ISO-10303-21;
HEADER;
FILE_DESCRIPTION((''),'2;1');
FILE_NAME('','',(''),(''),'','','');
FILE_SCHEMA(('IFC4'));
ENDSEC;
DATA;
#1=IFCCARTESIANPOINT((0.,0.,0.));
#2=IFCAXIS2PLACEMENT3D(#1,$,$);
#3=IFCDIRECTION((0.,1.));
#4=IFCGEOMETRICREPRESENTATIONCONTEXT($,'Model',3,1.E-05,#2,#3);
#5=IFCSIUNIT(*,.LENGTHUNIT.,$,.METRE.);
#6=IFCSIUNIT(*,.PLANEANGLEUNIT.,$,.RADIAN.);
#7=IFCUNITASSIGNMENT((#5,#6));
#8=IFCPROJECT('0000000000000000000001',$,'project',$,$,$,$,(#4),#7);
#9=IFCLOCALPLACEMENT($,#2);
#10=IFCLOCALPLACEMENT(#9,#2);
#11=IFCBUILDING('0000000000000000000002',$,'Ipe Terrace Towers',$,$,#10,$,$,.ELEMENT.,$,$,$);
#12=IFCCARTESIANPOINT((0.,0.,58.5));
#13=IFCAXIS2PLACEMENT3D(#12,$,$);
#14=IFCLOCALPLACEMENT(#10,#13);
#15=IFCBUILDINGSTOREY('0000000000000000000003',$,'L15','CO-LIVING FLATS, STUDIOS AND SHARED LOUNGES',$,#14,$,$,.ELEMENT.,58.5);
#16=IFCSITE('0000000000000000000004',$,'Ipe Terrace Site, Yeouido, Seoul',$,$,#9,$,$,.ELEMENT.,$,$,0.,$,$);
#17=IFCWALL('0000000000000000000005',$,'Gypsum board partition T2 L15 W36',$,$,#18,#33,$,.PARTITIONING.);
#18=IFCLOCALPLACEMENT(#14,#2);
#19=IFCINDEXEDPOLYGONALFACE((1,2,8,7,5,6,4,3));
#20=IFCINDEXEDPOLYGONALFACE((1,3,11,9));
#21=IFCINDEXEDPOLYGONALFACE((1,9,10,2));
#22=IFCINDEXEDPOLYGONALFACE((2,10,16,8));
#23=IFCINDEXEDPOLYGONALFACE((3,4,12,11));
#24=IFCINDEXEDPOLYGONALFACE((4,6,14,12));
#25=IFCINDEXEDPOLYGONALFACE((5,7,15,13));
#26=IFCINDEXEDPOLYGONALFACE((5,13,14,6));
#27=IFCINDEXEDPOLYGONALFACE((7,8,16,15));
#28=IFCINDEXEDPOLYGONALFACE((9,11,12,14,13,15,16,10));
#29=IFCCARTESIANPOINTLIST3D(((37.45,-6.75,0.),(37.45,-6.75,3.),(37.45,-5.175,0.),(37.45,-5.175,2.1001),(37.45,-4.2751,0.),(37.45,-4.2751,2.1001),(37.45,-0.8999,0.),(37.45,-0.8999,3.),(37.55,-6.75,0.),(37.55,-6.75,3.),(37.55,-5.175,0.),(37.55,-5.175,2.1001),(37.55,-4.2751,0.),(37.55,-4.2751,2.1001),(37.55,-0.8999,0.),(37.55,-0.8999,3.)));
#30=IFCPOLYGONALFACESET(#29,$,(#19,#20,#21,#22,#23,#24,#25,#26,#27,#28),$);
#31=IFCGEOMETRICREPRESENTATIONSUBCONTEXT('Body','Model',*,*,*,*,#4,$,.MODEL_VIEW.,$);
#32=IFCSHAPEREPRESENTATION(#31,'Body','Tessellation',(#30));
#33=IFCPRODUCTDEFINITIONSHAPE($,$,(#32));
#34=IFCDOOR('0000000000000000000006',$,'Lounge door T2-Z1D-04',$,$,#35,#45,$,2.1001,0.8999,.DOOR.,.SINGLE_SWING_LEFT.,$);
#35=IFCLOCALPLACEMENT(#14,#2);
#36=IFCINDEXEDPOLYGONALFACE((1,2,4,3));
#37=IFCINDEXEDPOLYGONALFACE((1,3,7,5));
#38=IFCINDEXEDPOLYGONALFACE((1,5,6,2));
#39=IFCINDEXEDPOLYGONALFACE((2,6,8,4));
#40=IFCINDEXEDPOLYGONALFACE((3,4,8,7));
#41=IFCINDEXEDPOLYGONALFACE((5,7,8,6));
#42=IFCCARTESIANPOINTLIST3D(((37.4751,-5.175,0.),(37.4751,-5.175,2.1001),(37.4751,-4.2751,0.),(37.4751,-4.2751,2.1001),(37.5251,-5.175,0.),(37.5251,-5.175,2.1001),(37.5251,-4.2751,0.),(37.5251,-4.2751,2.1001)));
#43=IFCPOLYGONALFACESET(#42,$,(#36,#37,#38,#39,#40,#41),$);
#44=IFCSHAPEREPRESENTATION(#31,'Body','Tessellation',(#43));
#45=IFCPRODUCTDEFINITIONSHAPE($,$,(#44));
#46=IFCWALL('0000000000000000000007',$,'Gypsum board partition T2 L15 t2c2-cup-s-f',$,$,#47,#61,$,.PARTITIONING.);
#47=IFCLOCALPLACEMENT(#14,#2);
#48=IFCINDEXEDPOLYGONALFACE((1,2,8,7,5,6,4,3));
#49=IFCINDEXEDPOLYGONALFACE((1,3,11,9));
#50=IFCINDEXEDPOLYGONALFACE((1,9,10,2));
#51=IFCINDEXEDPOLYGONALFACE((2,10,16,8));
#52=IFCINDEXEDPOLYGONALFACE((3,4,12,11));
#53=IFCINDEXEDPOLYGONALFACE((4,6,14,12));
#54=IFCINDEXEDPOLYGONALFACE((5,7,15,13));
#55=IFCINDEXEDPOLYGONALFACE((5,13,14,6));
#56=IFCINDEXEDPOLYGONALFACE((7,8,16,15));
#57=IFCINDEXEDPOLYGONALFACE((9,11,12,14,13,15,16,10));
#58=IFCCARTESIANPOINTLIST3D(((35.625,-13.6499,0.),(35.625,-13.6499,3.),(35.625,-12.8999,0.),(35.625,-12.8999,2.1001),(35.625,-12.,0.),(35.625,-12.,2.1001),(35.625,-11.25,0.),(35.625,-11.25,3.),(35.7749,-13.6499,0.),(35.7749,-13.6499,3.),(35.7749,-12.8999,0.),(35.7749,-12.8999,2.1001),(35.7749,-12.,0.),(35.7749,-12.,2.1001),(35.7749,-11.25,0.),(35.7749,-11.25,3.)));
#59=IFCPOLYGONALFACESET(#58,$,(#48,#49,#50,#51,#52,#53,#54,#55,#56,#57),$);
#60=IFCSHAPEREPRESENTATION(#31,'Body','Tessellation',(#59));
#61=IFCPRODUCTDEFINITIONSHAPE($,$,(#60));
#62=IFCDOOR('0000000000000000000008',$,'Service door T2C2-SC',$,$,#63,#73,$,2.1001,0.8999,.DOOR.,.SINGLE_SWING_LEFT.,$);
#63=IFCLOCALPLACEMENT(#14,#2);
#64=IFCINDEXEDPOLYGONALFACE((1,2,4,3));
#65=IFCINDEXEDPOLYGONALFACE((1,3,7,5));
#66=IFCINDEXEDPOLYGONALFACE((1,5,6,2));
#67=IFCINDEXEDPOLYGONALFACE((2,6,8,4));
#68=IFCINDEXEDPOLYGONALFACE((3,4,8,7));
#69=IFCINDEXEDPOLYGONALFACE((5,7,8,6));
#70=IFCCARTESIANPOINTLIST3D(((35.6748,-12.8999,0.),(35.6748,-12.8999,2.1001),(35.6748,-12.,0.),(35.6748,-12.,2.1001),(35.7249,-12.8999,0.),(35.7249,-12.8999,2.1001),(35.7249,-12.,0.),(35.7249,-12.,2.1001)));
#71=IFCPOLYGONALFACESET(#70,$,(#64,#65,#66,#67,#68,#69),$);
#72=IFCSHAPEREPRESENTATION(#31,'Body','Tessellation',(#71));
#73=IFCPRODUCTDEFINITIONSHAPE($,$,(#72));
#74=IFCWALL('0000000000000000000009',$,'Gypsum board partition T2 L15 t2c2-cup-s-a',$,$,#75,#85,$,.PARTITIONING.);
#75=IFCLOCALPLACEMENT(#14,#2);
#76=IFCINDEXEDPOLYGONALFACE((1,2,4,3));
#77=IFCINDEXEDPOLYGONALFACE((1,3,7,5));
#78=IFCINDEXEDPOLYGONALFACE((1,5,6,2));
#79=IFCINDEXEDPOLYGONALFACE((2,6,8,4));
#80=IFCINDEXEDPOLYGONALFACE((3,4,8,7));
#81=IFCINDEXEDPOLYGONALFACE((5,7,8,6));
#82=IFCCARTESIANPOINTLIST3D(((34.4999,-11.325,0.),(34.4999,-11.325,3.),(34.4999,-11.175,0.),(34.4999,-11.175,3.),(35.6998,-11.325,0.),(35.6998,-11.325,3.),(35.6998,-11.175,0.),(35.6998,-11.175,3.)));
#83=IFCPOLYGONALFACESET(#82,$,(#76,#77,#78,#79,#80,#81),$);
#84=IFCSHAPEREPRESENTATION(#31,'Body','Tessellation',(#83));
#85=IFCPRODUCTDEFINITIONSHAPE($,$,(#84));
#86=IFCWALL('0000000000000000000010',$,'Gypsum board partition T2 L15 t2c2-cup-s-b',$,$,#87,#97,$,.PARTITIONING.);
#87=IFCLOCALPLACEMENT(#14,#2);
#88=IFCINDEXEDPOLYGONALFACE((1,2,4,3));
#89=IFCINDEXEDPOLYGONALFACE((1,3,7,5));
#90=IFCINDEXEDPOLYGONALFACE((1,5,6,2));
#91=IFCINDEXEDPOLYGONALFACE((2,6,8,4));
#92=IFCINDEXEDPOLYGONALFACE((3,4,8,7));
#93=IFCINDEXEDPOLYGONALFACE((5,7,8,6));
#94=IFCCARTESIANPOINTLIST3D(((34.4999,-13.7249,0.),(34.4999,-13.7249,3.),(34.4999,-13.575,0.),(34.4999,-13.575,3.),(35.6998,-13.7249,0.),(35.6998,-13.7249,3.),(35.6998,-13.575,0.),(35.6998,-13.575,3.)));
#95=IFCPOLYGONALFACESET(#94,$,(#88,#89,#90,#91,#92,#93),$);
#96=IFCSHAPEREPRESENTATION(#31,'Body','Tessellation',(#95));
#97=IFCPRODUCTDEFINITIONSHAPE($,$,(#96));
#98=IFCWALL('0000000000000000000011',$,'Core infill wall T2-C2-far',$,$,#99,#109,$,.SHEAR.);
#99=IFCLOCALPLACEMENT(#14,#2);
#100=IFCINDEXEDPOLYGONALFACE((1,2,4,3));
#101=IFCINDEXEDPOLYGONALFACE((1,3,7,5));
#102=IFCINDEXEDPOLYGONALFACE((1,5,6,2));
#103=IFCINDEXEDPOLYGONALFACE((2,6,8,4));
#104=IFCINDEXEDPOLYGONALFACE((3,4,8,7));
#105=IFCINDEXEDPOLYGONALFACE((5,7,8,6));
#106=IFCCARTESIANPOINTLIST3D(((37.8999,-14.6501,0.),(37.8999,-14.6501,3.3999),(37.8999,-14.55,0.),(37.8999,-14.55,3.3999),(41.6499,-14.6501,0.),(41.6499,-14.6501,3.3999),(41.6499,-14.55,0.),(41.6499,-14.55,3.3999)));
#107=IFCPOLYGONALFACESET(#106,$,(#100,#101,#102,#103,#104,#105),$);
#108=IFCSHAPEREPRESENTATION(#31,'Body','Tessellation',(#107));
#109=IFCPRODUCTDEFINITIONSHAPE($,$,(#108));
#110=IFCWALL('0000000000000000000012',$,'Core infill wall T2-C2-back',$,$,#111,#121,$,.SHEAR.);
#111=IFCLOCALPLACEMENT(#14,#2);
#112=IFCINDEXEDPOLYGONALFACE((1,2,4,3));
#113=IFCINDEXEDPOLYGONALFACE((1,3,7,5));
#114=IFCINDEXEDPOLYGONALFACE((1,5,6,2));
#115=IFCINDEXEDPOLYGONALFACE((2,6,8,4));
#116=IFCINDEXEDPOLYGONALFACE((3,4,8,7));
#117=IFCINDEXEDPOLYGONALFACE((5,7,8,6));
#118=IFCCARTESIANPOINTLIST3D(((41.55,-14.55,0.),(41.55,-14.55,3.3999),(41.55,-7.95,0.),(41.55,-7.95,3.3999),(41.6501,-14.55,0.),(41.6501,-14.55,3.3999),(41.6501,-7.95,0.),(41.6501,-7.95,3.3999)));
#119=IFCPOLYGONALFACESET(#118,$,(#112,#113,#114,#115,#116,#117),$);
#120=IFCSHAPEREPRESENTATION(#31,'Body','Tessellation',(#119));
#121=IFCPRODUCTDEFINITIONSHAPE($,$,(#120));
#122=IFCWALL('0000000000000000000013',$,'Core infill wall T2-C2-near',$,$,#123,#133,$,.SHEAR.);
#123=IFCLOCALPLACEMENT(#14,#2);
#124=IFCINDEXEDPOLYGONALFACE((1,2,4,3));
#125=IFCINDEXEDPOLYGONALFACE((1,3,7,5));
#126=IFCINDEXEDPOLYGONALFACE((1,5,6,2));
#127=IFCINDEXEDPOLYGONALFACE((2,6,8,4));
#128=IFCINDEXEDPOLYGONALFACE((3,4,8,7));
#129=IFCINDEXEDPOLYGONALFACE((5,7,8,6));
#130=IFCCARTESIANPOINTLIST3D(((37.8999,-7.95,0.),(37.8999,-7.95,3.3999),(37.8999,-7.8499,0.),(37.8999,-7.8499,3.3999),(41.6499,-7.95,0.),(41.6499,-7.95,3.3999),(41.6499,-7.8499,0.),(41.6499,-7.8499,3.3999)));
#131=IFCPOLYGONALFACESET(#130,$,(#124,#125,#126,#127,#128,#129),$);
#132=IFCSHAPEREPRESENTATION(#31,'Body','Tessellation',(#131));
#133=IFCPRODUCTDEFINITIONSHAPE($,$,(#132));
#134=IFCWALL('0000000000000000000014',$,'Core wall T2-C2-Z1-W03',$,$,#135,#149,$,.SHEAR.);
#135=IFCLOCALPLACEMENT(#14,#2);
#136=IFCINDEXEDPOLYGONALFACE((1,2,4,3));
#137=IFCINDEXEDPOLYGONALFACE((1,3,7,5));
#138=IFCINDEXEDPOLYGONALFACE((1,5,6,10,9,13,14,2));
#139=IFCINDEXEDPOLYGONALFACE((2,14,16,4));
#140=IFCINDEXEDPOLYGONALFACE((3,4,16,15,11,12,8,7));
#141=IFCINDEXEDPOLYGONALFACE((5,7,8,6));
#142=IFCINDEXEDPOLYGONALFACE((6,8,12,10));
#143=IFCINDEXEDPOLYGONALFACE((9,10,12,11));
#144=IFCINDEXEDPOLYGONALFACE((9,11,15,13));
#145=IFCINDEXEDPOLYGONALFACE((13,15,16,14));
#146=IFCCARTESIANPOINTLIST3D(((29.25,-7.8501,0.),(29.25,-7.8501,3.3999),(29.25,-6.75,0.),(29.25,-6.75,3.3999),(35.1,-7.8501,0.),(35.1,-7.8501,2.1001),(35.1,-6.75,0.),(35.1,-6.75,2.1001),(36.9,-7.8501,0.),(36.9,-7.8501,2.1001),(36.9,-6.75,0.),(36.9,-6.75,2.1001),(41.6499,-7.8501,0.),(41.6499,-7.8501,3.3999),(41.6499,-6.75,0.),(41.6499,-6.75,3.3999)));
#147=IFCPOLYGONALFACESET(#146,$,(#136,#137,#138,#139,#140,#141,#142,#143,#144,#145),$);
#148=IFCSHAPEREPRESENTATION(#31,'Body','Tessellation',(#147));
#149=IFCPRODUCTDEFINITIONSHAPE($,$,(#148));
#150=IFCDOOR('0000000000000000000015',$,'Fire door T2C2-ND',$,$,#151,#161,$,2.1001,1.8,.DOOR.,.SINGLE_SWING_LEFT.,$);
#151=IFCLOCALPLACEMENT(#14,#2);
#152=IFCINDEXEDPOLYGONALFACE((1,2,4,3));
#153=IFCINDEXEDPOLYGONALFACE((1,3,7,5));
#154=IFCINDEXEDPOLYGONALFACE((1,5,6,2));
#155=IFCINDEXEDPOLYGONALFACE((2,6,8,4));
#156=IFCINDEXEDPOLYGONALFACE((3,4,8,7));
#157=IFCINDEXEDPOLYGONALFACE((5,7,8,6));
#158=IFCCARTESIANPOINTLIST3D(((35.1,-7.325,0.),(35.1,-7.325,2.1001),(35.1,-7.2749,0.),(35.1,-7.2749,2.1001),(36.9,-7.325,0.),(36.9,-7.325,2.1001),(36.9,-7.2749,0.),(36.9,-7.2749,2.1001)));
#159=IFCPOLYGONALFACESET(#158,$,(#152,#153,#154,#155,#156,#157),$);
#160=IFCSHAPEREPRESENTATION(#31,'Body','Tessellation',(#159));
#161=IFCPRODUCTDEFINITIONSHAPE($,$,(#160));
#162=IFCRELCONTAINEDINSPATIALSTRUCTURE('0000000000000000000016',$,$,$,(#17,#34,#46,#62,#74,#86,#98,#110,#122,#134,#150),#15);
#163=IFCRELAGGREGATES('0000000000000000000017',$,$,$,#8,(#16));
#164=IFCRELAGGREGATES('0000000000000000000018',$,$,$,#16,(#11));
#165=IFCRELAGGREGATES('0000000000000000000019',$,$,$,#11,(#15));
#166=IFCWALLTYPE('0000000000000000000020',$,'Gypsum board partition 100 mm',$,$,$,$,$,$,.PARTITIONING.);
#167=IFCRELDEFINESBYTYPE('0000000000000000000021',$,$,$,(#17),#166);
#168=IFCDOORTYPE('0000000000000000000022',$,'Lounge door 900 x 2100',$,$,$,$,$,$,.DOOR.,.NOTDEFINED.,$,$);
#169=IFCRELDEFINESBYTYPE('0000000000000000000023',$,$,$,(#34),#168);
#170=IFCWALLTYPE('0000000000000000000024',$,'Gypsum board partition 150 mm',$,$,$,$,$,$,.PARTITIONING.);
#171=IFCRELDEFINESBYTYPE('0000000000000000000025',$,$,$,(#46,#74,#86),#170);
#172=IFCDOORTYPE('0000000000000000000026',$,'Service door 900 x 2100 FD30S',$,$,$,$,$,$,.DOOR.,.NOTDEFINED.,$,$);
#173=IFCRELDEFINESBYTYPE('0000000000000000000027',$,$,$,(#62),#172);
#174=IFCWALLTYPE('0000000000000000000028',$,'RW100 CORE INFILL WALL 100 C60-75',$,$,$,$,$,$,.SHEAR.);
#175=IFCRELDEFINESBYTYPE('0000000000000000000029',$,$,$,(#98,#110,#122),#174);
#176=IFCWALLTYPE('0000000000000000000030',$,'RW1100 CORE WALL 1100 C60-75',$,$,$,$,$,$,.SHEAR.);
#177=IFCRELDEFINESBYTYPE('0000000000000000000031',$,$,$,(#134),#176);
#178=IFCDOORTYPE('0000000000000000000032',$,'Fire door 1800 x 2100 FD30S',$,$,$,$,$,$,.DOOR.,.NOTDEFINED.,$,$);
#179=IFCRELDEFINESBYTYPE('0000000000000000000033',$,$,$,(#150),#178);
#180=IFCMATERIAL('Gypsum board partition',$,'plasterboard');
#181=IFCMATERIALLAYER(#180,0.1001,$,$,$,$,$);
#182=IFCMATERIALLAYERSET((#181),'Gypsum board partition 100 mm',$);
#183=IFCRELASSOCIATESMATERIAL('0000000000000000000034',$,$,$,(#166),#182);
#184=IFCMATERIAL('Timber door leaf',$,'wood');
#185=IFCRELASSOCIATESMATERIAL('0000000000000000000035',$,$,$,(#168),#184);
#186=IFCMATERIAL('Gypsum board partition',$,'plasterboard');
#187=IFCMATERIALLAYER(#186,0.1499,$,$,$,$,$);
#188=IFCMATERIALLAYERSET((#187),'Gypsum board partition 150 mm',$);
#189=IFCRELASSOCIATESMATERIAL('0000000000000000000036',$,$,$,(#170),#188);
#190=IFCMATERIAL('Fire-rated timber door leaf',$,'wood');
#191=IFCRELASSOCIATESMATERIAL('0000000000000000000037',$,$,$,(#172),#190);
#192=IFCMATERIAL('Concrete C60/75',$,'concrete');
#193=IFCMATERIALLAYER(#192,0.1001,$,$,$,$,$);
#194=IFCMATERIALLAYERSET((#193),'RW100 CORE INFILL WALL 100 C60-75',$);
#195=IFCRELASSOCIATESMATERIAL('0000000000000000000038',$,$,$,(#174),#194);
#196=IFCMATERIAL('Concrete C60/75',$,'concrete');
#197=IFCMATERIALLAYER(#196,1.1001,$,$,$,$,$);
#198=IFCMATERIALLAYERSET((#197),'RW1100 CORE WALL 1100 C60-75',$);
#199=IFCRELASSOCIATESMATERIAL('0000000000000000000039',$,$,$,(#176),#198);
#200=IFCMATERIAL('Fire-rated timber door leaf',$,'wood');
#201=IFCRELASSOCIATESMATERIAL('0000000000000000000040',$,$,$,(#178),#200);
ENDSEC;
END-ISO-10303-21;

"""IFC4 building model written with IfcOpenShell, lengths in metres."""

from ifc_helpers import new_model, si_unit, direction, frame, frame_2d, origin, place, context, subcontext, project, spatial, rectangle, extrude, material, layer, layer_set, type_object, element, fill, save


model = new_model("IFC4")

# Units and contexts
model_context = context("Model", 3, precision=1e-05, world=origin(), true_north=direction((0.0, 1.0)))
body_context = subcontext(model_context, "Body", "Model", "MODEL_VIEW")
ifc_project = project(units=[si_unit("LENGTHUNIT", "METRE"), si_unit("PLANEANGLEUNIT", "RADIAN")], contexts=[model_context])

# Site, building, storey
site_placement = place(None, origin())
site = spatial("IfcSite", under=ifc_project, at=site_placement, Name="Ipe Terrace Site, Yeouido, Seoul", CompositionType="ELEMENT", RefElevation=0.0)
building_placement = place(site_placement, origin())
building = spatial("IfcBuilding", under=site, at=building_placement, Name="Ipe Terrace Towers", CompositionType="ELEMENT")
storey_placement = place(building_placement, frame((0.0, 0.0, 58.5)))
storey = spatial("IfcBuildingStorey", under=building, at=storey_placement, Name="L15", Description="CO-LIVING FLATS, STUDIOS AND SHARED LOUNGES", CompositionType="ELEMENT", Elevation=58.5)

# Shared definitions
ifc_material_1 = material(Name="Gypsum board partition", Category="plasterboard")
ifc_layer_1 = layer(ifc_material_1, 0.1001)
ifc_layer_set_1 = layer_set([ifc_layer_1], Name="Gypsum board partition 100 mm")
wall_type_1 = type_object("IfcWallType", Name="Gypsum board partition 100 mm", PredefinedType="PARTITIONING", material=ifc_layer_set_1)

# Walls, openings, doors
wall_1_placement = place(storey_placement, frame((37.5, -6.75, 0.0), z_axis=(0.0, 0.0, 1.0), x_axis=(0.0, 1.0, 0.0)))
wall_1 = element("IfcWall", 1, at=wall_1_placement, inside=storey, type_object=wall_type_1, Name="Gypsum board partition T2 L15 W36", PredefinedType="PARTITIONING", context=body_context, shape_type="SweptSolid", body=[
    extrude(rectangle(XDim=5.8501, YDim=0.1001, at=frame_2d((2.925, 0.0))), origin(), (0.0, 0.0, 1.0), 3.0),
])
opening_1_placement = place(wall_1_placement, frame((1.575, 0.0, 0.0)))
opening_1 = element("IfcOpeningElement", 2, at=opening_1_placement, cuts=wall_1, PredefinedType="OPENING", context=body_context, shape_type="SweptSolid", body=[
    extrude(rectangle(XDim=0.8999, YDim=2.1001, at=frame_2d((0.45, 1.05))), frame((0.0, 0.0601, 0.0), z_axis=(0.0, -1.0, 0.0), x_axis=(1.0, 0.0, 0.0)), (0.0, 0.0, 1.0), 0.1201),
])
ifc_material_2 = material(Name="Timber door leaf", Category="wood")
door_type_1 = type_object("IfcDoorType", Name="Lounge door 900 x 2100", OperationType="NOTDEFINED", PredefinedType="DOOR", material=ifc_material_2)
door_1_placement = place(opening_1_placement, origin())
door_1 = element("IfcDoor", 3, at=door_1_placement, inside=storey, type_object=door_type_1, Name="Lounge door T2-Z1D-04", OperationType="SINGLE_SWING_LEFT", OverallHeight=2.1001, OverallWidth=0.8999, PredefinedType="DOOR", context=body_context, shape_type="SweptSolid", body=[
    extrude(rectangle(XDim=0.8999, YDim=2.1001, at=frame_2d((0.45, 1.05))), frame((0.0, 0.0249, 0.0), z_axis=(0.0, -1.0, 0.0), x_axis=(1.0, 0.0, 0.0)), (0.0, 0.0, 1.0), 0.05),
])
fill(opening_1, door_1)
ifc_material_3 = material(Name="Gypsum board partition", Category="plasterboard")
ifc_layer_2 = layer(ifc_material_3, 0.1499)
ifc_layer_set_2 = layer_set([ifc_layer_2], Name="Gypsum board partition 150 mm")
wall_type_2 = type_object("IfcWallType", Name="Gypsum board partition 150 mm", PredefinedType="PARTITIONING", material=ifc_layer_set_2)
wall_2_placement = place(storey_placement, frame((35.7, -11.25, 0.0), z_axis=(0.0, 0.0, 1.0), x_axis=(0.0, -1.0, 0.0)))
wall_2 = element("IfcWall", 4, at=wall_2_placement, inside=storey, type_object=wall_type_2, Name="Gypsum board partition T2 L15 t2c2-cup-s-f", PredefinedType="PARTITIONING", context=body_context, shape_type="SweptSolid", body=[
    extrude(rectangle(XDim=2.3999, YDim=0.1499, at=frame_2d((1.2, 0.0))), origin(), (0.0, 0.0, 1.0), 3.0),
])
opening_2_placement = place(wall_2_placement, frame((0.75, 0.0, 0.0)))
opening_2 = element("IfcOpeningElement", 5, at=opening_2_placement, cuts=wall_2, PredefinedType="OPENING", context=body_context, shape_type="SweptSolid", body=[
    extrude(rectangle(XDim=0.8999, YDim=2.1001, at=frame_2d((0.45, 1.05))), frame((0.0, 0.085, 0.0), z_axis=(0.0, -1.0, 0.0), x_axis=(1.0, 0.0, 0.0)), (0.0, 0.0, 1.0), 0.1699),
])
ifc_material_4 = material(Name="Fire-rated timber door leaf", Category="wood")
door_type_2 = type_object("IfcDoorType", Name="Service door 900 x 2100 FD30S", OperationType="NOTDEFINED", PredefinedType="DOOR", material=ifc_material_4)
door_2_placement = place(opening_2_placement, origin())
door_2 = element("IfcDoor", 6, at=door_2_placement, inside=storey, type_object=door_type_2, Name="Service door T2C2-SC", OperationType="SINGLE_SWING_LEFT", OverallHeight=2.1001, OverallWidth=0.8999, PredefinedType="DOOR", context=body_context, shape_type="SweptSolid", body=[
    extrude(rectangle(XDim=0.8999, YDim=2.1001, at=frame_2d((0.45, 1.05))), frame((0.0, 0.0249, 0.0), z_axis=(0.0, -1.0, 0.0), x_axis=(1.0, 0.0, 0.0)), (0.0, 0.0, 1.0), 0.05),
])
fill(opening_2, door_2)

# Walls
for number, where, z_axis, x_axis, name in (
    (7, (35.7, -11.25, 0.0), (0.0, 0.0, 1.0), (-1.0, 0.0, 0.0), "Gypsum board partition T2 L15 t2c2-cup-s-a"),
    (8, (35.7, -13.6499, 0.0), (0.0, 0.0, 1.0), (-1.0, 0.0, 0.0), "Gypsum board partition T2 L15 t2c2-cup-s-b"),
):
    element("IfcWall", number, at=place(storey_placement, frame(where, z_axis=z_axis, x_axis=x_axis)), inside=storey, type_object=wall_type_2, Name=name, PredefinedType="PARTITIONING", context=body_context, shape_type="SweptSolid", body=[
        extrude(rectangle(XDim=1.2, YDim=0.1499, at=frame_2d((0.6001, 0.0))), origin(), (0.0, 0.0, 1.0), 3.0),
    ])
ifc_material_5 = material(Name="Concrete C60/75", Category="concrete")
ifc_layer_3 = layer(ifc_material_5, 0.1001)
ifc_layer_set_3 = layer_set([ifc_layer_3], Name="RW100 CORE INFILL WALL 100 C60-75")
wall_type_3 = type_object("IfcWallType", Name="RW100 CORE INFILL WALL 100 C60-75", PredefinedType="SHEAR", material=ifc_layer_set_3)
wall_3_placement = place(storey_placement, frame((37.8999, -14.6001, 0.0), z_axis=(0.0, 0.0, 1.0), x_axis=(1.0, 0.0, 0.0)))
element("IfcWall", 9, at=wall_3_placement, inside=storey, type_object=wall_type_3, Name="Core infill wall T2-C2-far", PredefinedType="SHEAR", context=body_context, shape_type="SweptSolid", body=[
    extrude(rectangle(XDim=3.75, YDim=0.1001, at=frame_2d((1.875, 0.0))), origin(), (0.0, 0.0, 1.0), 3.3999),
])
wall_4_placement = place(storey_placement, frame((41.6001, -7.95, 0.0), z_axis=(0.0, 0.0, 1.0), x_axis=(0.0, -1.0, 0.0)))
element("IfcWall", 10, at=wall_4_placement, inside=storey, type_object=wall_type_3, Name="Core infill wall T2-C2-back", PredefinedType="SHEAR", context=body_context, shape_type="SweptSolid", body=[
    extrude(rectangle(XDim=6.6001, YDim=0.1001, at=frame_2d((3.3, 0.0))), origin(), (0.0, 0.0, 1.0), 3.3999),
])
wall_5_placement = place(storey_placement, frame((37.8999, -7.8999, 0.0), z_axis=(0.0, 0.0, 1.0), x_axis=(1.0, 0.0, 0.0)))
element("IfcWall", 11, at=wall_5_placement, inside=storey, type_object=wall_type_3, Name="Core infill wall T2-C2-near", PredefinedType="SHEAR", context=body_context, shape_type="SweptSolid", body=[
    extrude(rectangle(XDim=3.75, YDim=0.1001, at=frame_2d((1.875, 0.0))), origin(), (0.0, 0.0, 1.0), 3.3999),
])

# Wall, opening, door
ifc_material_6 = material(Name="Concrete C60/75", Category="concrete")
ifc_layer_4 = layer(ifc_material_6, 1.1001)
ifc_layer_set_4 = layer_set([ifc_layer_4], Name="RW1100 CORE WALL 1100 C60-75")
wall_type_4 = type_object("IfcWallType", Name="RW1100 CORE WALL 1100 C60-75", PredefinedType="SHEAR", material=ifc_layer_set_4)
wall_6_placement = place(storey_placement, frame((41.6499, -7.3, 0.0), z_axis=(0.0, 0.0, 1.0), x_axis=(-1.0, 0.0, 0.0)))
wall_6 = element("IfcWall", 12, at=wall_6_placement, inside=storey, type_object=wall_type_4, Name="Core wall T2-C2-Z1-W03", PredefinedType="SHEAR", context=body_context, shape_type="SweptSolid", body=[
    extrude(rectangle(XDim=12.3999, YDim=1.1001, at=frame_2d((6.2, 0.0))), origin(), (0.0, 0.0, 1.0), 3.3999),
])
opening_3_placement = place(wall_6_placement, frame((4.75, 0.0, 0.0)))
opening_3 = element("IfcOpeningElement", 13, at=opening_3_placement, cuts=wall_6, PredefinedType="OPENING", context=body_context, shape_type="SweptSolid", body=[
    extrude(rectangle(XDim=1.8, YDim=2.1001, at=frame_2d((0.8999, 1.05))), frame((0.0, 0.5601, 0.0), z_axis=(0.0, -1.0, 0.0), x_axis=(1.0, 0.0, 0.0)), (0.0, 0.0, 1.0), 1.1201),
])
ifc_material_7 = material(Name="Fire-rated timber door leaf", Category="wood")
door_type_3 = type_object("IfcDoorType", Name="Fire door 1800 x 2100 FD30S", OperationType="NOTDEFINED", PredefinedType="DOOR", material=ifc_material_7)
door_3_placement = place(opening_3_placement, origin())
door_3 = element("IfcDoor", 14, at=door_3_placement, inside=storey, type_object=door_type_3, Name="Fire door T2C2-ND", OperationType="SINGLE_SWING_LEFT", OverallHeight=2.1001, OverallWidth=1.8, PredefinedType="DOOR", context=body_context, shape_type="SweptSolid", body=[
    extrude(rectangle(XDim=1.8, YDim=2.1001, at=frame_2d((0.8999, 1.05))), frame((0.0, 0.0249, 0.0), z_axis=(0.0, -1.0, 0.0), x_axis=(1.0, 0.0, 0.0)), (0.0, 0.0, 1.0), 0.05),
])
fill(opening_3, door_3)

save(model, "model.ifc")
